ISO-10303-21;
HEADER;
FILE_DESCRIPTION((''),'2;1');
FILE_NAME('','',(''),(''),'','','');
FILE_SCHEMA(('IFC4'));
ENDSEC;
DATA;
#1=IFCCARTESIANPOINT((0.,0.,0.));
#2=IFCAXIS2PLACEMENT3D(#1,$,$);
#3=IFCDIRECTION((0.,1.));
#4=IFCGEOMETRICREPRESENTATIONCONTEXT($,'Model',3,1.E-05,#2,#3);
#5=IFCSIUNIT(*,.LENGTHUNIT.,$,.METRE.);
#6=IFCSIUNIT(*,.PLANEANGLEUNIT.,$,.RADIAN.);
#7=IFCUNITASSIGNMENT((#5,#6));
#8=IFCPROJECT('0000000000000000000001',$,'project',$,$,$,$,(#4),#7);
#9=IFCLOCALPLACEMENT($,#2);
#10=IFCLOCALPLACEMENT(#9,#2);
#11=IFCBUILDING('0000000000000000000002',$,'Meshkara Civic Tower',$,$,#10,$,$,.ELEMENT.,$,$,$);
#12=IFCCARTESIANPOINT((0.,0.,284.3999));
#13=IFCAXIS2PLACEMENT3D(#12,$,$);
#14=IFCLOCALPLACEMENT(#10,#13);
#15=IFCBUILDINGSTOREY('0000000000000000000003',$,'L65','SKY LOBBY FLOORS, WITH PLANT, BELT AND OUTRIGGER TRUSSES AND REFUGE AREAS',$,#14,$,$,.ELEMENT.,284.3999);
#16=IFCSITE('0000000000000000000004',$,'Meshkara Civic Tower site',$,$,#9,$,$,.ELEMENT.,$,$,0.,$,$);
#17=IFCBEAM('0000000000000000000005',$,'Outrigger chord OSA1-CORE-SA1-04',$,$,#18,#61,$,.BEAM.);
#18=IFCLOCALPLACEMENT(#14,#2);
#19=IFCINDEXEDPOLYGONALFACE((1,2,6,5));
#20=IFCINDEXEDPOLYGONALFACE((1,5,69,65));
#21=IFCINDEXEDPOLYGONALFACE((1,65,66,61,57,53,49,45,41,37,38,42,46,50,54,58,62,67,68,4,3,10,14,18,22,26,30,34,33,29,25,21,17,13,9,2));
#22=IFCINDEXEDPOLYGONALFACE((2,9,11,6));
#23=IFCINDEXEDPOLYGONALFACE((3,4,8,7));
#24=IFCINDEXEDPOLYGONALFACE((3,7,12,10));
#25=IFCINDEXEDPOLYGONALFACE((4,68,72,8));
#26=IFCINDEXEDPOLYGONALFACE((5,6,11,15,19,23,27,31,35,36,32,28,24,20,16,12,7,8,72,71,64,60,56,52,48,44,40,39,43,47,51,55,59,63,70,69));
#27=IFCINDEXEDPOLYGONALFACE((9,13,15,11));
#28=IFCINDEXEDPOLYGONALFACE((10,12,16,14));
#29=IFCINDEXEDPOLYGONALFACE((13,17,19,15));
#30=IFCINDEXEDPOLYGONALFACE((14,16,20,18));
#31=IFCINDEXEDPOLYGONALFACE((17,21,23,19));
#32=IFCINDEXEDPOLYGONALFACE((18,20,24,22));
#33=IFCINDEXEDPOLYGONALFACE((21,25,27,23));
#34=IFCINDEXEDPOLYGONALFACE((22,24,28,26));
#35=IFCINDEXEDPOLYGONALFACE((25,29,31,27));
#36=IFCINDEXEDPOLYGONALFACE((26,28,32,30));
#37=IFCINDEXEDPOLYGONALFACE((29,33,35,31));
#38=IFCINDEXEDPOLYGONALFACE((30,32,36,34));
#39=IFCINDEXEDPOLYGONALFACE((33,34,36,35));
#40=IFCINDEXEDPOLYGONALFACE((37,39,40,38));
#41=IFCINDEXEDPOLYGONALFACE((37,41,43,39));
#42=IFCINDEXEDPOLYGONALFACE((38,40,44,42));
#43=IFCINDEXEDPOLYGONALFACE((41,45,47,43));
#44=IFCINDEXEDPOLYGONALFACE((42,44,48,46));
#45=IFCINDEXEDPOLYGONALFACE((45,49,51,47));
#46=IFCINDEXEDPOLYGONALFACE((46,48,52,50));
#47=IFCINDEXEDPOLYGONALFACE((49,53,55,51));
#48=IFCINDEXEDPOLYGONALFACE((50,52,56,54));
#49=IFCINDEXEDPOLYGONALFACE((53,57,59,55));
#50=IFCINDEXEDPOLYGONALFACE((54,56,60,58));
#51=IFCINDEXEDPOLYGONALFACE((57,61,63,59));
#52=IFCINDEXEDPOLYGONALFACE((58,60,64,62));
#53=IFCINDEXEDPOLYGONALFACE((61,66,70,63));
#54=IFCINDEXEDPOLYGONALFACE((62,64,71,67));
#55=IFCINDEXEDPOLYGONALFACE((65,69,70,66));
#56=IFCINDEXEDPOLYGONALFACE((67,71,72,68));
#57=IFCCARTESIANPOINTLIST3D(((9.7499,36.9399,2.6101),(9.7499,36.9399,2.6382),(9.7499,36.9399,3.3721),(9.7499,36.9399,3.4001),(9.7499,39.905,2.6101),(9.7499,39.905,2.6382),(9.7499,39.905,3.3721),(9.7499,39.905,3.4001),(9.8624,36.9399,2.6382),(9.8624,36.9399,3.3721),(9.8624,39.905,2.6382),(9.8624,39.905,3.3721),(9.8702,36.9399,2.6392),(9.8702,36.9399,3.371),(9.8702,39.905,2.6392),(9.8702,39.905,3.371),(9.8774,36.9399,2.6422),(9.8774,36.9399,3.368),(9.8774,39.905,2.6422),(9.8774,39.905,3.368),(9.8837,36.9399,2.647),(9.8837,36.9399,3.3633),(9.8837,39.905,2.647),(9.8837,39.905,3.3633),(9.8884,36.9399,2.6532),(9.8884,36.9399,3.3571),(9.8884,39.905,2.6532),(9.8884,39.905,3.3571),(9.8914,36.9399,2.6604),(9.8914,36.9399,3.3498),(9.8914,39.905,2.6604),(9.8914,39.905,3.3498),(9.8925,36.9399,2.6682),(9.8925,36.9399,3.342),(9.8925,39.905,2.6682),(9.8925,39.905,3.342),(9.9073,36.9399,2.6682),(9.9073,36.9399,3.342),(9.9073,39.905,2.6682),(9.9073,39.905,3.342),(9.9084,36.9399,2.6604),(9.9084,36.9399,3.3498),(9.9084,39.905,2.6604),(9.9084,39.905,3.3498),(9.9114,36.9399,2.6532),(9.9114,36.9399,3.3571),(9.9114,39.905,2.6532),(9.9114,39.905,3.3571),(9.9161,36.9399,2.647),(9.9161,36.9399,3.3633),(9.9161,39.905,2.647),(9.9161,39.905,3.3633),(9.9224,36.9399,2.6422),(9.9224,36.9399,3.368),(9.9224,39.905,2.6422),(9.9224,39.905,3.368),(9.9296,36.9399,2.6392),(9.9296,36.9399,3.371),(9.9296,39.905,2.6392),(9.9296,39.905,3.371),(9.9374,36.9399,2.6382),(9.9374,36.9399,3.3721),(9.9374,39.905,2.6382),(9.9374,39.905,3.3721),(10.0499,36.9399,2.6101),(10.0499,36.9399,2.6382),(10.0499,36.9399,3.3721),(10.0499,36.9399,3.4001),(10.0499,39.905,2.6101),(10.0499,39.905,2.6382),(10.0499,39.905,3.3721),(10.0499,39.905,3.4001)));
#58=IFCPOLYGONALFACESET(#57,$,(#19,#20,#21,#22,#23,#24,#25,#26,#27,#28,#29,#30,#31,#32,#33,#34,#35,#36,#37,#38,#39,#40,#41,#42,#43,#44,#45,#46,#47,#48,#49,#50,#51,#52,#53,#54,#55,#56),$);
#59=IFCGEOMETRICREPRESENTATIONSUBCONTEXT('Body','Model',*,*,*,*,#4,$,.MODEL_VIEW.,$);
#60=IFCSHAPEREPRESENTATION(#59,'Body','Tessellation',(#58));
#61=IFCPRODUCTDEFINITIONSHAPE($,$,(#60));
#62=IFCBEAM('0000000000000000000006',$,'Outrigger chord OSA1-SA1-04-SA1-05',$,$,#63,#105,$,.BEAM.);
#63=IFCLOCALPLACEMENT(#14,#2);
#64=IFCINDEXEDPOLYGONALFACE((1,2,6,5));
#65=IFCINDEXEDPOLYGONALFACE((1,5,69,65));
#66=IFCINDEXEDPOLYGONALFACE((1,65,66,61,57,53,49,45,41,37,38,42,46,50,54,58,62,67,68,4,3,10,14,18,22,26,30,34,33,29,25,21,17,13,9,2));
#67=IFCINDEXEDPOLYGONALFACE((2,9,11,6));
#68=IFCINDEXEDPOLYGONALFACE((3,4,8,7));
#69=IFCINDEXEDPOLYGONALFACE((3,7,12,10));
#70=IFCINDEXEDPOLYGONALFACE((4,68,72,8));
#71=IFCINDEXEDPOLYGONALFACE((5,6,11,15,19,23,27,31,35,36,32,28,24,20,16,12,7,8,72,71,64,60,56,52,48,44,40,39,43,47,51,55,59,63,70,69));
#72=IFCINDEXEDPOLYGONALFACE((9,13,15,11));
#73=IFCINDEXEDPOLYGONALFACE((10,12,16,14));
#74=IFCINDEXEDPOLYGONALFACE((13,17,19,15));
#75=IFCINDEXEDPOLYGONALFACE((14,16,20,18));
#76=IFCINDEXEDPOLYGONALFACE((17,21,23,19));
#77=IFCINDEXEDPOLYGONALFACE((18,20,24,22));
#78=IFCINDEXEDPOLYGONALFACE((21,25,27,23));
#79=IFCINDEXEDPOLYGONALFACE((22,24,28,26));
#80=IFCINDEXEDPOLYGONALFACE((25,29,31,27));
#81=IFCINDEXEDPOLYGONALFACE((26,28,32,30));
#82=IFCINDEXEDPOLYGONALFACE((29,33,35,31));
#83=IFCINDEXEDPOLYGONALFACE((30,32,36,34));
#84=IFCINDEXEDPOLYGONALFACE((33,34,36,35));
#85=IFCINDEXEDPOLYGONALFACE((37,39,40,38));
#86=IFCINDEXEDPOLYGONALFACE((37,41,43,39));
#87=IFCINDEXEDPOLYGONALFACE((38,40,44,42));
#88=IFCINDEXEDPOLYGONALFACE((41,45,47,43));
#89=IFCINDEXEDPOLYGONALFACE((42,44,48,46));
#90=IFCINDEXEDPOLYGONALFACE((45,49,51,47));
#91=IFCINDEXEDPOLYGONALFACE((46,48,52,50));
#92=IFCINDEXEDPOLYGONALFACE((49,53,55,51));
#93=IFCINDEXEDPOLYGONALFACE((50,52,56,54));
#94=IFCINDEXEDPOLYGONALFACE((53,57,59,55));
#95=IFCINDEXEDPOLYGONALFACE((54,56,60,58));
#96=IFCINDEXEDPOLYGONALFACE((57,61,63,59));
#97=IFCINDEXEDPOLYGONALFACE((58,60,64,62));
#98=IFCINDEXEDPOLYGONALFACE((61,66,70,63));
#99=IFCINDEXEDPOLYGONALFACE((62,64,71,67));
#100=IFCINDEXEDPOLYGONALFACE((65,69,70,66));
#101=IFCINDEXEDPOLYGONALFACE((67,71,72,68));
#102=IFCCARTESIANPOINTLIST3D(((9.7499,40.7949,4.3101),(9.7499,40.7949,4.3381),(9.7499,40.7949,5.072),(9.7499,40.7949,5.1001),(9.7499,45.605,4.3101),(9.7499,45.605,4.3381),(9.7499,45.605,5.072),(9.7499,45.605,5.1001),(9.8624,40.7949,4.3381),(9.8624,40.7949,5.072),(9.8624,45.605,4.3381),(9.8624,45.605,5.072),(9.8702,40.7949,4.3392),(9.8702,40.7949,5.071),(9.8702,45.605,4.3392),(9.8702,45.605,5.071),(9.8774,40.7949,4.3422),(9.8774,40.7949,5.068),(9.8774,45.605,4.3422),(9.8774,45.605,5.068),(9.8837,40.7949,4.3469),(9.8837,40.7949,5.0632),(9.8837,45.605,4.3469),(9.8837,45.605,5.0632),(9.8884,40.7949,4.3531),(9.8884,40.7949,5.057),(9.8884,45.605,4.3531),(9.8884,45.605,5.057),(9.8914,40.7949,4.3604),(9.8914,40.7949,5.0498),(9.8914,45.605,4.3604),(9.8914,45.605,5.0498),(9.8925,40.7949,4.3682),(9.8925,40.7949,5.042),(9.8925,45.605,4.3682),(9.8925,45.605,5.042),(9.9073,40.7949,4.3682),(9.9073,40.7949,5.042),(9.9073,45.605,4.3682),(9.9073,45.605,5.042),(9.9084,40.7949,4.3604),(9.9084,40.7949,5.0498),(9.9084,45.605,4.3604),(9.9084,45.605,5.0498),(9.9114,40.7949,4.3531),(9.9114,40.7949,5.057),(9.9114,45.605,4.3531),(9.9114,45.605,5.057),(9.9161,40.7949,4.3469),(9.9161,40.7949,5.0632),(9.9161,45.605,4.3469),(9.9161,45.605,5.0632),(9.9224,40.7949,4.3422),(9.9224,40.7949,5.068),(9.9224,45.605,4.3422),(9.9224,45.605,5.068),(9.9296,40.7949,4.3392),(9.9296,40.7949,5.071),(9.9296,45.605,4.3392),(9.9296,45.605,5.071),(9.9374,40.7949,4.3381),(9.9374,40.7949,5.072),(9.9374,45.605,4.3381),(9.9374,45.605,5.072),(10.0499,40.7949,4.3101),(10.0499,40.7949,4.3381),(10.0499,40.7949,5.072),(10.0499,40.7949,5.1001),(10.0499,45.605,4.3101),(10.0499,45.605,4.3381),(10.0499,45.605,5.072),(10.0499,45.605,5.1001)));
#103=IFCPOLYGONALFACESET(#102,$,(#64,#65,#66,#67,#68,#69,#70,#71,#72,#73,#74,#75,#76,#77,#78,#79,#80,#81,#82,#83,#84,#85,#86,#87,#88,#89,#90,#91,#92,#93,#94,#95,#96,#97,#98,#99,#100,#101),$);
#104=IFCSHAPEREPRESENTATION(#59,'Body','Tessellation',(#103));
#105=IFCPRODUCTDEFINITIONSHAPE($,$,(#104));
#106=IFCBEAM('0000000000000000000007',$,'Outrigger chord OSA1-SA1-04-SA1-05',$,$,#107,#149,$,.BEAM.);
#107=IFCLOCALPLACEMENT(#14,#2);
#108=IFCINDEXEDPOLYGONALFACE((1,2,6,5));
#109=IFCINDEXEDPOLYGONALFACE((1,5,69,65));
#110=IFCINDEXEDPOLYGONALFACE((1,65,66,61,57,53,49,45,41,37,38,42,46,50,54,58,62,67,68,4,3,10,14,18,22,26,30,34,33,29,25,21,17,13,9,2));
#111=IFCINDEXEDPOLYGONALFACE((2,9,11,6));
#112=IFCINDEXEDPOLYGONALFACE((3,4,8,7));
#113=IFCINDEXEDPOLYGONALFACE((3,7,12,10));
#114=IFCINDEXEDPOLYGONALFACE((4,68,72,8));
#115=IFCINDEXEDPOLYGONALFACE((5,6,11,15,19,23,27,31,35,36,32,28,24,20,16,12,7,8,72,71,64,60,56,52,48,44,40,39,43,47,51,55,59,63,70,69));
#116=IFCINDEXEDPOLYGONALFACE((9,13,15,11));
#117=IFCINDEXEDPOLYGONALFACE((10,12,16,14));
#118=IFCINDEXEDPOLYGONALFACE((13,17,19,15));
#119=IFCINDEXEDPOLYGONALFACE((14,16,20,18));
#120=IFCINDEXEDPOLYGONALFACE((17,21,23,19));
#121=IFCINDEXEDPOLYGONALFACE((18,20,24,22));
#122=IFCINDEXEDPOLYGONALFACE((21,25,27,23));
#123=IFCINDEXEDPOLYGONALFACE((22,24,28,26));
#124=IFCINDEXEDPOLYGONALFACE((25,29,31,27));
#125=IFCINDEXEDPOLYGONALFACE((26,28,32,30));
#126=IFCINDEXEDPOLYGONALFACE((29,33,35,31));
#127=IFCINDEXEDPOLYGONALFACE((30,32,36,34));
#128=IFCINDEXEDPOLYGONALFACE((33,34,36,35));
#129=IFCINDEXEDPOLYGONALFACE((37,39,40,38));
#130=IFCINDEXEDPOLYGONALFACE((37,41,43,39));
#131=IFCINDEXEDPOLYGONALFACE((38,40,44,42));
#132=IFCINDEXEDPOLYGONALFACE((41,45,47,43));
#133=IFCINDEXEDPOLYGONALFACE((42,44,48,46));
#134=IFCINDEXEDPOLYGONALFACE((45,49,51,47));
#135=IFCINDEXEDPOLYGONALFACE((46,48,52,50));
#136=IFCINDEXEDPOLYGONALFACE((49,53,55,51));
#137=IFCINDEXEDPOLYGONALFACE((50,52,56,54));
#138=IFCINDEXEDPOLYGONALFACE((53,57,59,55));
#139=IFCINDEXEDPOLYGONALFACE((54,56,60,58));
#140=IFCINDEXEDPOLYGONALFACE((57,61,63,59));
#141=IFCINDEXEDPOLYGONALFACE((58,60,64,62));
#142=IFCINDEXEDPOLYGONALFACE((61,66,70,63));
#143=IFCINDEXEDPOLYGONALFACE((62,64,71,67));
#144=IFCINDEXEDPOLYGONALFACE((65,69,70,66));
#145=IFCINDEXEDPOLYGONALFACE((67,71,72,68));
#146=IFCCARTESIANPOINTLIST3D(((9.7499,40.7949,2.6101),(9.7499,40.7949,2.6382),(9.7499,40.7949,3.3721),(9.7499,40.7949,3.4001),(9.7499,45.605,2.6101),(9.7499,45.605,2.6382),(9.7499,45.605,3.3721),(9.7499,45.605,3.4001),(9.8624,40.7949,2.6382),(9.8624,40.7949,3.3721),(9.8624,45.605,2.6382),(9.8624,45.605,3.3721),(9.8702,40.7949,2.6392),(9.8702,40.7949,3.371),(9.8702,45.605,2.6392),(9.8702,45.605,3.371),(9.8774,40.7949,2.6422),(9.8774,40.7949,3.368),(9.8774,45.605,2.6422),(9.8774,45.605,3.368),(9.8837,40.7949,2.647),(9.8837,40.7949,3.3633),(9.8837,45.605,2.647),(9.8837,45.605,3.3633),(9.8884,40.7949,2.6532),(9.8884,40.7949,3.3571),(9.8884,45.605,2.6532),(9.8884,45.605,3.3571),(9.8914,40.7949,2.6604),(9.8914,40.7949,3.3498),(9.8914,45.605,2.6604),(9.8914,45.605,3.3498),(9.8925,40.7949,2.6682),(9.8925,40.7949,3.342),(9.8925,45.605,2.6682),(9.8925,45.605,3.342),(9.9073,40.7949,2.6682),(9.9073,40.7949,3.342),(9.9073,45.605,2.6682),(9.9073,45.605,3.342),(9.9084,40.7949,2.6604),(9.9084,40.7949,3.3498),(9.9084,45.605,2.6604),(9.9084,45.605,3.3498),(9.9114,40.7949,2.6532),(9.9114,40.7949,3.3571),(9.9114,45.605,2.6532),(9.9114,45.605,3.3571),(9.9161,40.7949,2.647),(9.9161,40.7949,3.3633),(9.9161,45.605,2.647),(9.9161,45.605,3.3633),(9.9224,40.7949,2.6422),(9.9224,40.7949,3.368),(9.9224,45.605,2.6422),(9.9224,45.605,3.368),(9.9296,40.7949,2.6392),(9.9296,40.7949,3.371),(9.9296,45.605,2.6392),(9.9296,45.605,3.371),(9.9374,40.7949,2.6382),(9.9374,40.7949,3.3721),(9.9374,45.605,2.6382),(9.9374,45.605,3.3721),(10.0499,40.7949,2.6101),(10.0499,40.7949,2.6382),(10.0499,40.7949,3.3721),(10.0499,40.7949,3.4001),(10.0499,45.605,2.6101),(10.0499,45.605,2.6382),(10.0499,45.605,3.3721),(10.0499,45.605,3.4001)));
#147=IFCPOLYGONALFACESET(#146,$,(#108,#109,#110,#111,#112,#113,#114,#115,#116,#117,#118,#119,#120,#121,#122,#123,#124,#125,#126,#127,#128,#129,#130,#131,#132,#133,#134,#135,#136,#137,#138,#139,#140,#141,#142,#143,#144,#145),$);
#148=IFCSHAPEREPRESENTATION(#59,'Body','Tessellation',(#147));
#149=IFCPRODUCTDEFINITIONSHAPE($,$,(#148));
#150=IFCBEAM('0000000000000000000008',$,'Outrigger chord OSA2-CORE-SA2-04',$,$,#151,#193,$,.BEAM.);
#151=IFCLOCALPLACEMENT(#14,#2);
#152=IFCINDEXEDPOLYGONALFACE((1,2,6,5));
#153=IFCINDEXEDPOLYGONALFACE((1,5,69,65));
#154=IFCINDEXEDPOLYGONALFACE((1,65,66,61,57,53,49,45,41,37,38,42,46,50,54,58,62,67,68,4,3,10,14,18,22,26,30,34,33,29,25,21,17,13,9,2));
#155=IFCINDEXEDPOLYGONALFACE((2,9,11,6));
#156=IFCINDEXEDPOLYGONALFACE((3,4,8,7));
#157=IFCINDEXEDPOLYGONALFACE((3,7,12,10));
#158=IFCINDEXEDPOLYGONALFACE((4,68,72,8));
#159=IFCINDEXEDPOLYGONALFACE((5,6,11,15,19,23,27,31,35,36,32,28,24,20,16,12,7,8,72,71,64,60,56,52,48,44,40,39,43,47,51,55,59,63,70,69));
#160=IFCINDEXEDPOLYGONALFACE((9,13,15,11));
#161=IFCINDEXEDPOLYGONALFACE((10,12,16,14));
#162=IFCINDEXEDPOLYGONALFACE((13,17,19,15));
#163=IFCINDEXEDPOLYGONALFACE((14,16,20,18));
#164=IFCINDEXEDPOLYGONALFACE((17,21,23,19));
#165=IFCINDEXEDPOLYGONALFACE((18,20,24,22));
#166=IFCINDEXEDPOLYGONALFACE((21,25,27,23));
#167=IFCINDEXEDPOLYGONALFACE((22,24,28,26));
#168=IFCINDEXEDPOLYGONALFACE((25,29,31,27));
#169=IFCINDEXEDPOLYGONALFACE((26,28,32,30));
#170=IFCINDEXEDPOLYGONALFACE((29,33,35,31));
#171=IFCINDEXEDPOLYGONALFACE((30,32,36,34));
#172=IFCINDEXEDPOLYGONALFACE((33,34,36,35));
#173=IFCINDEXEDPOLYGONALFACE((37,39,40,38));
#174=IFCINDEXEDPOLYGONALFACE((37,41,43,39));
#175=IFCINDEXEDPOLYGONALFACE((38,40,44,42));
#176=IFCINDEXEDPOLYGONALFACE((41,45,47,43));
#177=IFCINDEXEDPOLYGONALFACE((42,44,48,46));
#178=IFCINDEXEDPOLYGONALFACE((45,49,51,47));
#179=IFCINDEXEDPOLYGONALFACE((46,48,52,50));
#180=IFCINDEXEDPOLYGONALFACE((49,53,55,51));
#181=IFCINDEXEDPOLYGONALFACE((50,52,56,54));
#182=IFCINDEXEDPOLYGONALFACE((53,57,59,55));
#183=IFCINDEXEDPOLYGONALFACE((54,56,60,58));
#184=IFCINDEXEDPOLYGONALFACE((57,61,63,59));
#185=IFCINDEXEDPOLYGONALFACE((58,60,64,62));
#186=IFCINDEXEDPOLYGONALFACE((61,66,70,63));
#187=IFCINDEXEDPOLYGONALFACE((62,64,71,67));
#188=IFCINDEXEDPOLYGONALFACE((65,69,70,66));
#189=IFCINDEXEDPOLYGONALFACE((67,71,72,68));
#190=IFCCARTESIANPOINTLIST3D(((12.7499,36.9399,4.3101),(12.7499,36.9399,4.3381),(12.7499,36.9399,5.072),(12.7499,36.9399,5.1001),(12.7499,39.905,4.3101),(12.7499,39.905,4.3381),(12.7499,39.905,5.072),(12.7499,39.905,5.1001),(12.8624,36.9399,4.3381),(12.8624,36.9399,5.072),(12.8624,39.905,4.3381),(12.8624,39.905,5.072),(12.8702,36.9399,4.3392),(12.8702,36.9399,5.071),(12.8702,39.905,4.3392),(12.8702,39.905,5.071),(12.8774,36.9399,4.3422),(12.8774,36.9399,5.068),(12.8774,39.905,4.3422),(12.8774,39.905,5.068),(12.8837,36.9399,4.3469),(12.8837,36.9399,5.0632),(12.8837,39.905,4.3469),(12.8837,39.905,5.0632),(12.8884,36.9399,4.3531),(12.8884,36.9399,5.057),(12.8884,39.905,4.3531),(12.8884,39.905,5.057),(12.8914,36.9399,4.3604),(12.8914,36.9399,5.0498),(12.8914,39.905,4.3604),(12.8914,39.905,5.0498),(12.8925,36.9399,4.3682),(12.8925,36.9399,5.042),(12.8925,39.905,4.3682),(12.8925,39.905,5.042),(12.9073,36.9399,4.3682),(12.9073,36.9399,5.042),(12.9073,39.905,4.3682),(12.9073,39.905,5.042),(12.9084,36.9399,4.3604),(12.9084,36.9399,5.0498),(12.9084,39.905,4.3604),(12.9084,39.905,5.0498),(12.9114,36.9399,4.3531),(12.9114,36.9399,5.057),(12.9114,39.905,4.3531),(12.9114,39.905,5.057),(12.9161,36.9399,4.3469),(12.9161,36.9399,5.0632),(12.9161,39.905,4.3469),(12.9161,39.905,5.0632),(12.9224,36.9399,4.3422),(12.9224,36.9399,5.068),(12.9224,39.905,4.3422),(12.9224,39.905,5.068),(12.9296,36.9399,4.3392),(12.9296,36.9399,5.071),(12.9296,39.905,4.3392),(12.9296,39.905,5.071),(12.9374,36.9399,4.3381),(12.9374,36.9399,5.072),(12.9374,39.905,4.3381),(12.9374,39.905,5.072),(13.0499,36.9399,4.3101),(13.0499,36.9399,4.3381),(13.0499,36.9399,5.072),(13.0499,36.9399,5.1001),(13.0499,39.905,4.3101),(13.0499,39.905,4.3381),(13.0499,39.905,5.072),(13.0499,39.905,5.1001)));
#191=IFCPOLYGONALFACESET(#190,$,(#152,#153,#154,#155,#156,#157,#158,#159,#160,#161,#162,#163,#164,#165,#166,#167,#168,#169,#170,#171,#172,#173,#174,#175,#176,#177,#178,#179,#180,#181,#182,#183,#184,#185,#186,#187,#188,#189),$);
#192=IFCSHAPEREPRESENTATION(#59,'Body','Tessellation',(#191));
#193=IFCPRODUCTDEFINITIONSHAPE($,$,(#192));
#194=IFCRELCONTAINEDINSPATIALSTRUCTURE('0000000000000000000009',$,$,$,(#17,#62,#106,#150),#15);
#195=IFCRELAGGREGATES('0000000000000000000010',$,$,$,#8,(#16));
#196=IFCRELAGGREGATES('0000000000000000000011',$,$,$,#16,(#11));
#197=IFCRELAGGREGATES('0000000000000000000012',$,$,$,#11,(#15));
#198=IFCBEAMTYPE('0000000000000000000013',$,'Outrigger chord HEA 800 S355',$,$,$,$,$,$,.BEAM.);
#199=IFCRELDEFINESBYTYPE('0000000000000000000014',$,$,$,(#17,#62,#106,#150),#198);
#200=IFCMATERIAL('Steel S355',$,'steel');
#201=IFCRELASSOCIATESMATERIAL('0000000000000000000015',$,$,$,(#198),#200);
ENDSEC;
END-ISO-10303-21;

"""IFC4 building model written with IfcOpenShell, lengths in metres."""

from ifc_helpers import new_model, si_unit, direction, frame, origin, origin_2d, place, context, subcontext, project, spatial, i_section, extrude, material, material_profile, profile_set, type_object, element, save


model = new_model("IFC4")

# Units and contexts
model_context = context("Model", 3, precision=1e-05, world=origin(), true_north=direction((0.0, 1.0)))
body_context = subcontext(model_context, "Body", "Model", "MODEL_VIEW")
ifc_project = project(units=[si_unit("LENGTHUNIT", "METRE"), si_unit("PLANEANGLEUNIT", "RADIAN")], contexts=[model_context])

# Site, building, storey
site_placement = place(None, origin())
site = spatial("IfcSite", under=ifc_project, at=site_placement, Name="Meshkara Civic Tower site", CompositionType="ELEMENT", RefElevation=0.0)
building_placement = place(site_placement, origin())
building = spatial("IfcBuilding", under=site, at=building_placement, Name="Meshkara Civic Tower", CompositionType="ELEMENT")
storey_placement = place(building_placement, frame((0.0, 0.0, 284.3999)))
storey = spatial("IfcBuildingStorey", under=building, at=storey_placement, Name="L65", Description="SKY LOBBY FLOORS, WITH PLANT, BELT AND OUTRIGGER TRUSSES AND REFUGE AREAS", CompositionType="ELEMENT", Elevation=284.3999)

# Beams
ifc_material_1 = material(Name="Steel S355", Category="steel")
ifc_material_profile_1 = material_profile(ifc_material_1, i_section(OverallWidth=0.3, OverallDepth=0.79, WebThickness=0.0149, FlangeThickness=0.0281, FilletRadius=0.03, at=origin_2d()))
ifc_profile_set_1 = profile_set([ifc_material_profile_1], Name="Steel S355")
beam_type_1 = type_object("IfcBeamType", Name="Outrigger chord HEA 800 S355", PredefinedType="BEAM", material=ifc_profile_set_1)
for number, where, z_axis, x_axis, name in (
    (1, (9.8999, 36.9399, 3.0051), (0.0, 1.0, 0.0), (-1.0, 0.0, 0.0), "Outrigger chord OSA1-CORE-SA1-04"),
):
    element("IfcBeam", number, at=place(storey_placement, frame(where, z_axis=z_axis, x_axis=x_axis)), inside=storey, type_object=beam_type_1, Name=name, PredefinedType="BEAM", context=body_context, shape_type="SweptSolid", body=[
        extrude(i_section(OverallWidth=0.3, OverallDepth=0.79, WebThickness=0.0149, FlangeThickness=0.0281, FilletRadius=0.03, at=origin_2d()), origin(), (0.0, 0.0, 1.0), 2.9651),
    ])
for number, where, z_axis, x_axis, name in (
    (2, (9.8999, 40.7949, 4.7051), (0.0, 1.0, 0.0), (-1.0, 0.0, 0.0), "Outrigger chord OSA1-SA1-04-SA1-05"),
    (3, (9.8999, 40.7949, 3.0051), (0.0, 1.0, 0.0), (-1.0, 0.0, 0.0), "Outrigger chord OSA1-SA1-04-SA1-05"),
):
    element("IfcBeam", number, at=place(storey_placement, frame(where, z_axis=z_axis, x_axis=x_axis)), inside=storey, type_object=beam_type_1, Name=name, PredefinedType="BEAM", context=body_context, shape_type="SweptSolid", body=[
        extrude(i_section(OverallWidth=0.3, OverallDepth=0.79, WebThickness=0.0149, FlangeThickness=0.0281, FilletRadius=0.03, at=origin_2d()), origin(), (0.0, 0.0, 1.0), 4.8101),
    ])
for number, where, z_axis, x_axis, name in (
    (4, (12.8999, 36.9399, 4.7051), (0.0, 1.0, 0.0), (-1.0, 0.0, 0.0), "Outrigger chord OSA2-CORE-SA2-04"),
):
    element("IfcBeam", number, at=place(storey_placement, frame(where, z_axis=z_axis, x_axis=x_axis)), inside=storey, type_object=beam_type_1, Name=name, PredefinedType="BEAM", context=body_context, shape_type="SweptSolid", body=[
        extrude(i_section(OverallWidth=0.3, OverallDepth=0.79, WebThickness=0.0149, FlangeThickness=0.0281, FilletRadius=0.03, at=origin_2d()), origin(), (0.0, 0.0, 1.0), 2.9651),
    ])

save(model, "model.ifc")
